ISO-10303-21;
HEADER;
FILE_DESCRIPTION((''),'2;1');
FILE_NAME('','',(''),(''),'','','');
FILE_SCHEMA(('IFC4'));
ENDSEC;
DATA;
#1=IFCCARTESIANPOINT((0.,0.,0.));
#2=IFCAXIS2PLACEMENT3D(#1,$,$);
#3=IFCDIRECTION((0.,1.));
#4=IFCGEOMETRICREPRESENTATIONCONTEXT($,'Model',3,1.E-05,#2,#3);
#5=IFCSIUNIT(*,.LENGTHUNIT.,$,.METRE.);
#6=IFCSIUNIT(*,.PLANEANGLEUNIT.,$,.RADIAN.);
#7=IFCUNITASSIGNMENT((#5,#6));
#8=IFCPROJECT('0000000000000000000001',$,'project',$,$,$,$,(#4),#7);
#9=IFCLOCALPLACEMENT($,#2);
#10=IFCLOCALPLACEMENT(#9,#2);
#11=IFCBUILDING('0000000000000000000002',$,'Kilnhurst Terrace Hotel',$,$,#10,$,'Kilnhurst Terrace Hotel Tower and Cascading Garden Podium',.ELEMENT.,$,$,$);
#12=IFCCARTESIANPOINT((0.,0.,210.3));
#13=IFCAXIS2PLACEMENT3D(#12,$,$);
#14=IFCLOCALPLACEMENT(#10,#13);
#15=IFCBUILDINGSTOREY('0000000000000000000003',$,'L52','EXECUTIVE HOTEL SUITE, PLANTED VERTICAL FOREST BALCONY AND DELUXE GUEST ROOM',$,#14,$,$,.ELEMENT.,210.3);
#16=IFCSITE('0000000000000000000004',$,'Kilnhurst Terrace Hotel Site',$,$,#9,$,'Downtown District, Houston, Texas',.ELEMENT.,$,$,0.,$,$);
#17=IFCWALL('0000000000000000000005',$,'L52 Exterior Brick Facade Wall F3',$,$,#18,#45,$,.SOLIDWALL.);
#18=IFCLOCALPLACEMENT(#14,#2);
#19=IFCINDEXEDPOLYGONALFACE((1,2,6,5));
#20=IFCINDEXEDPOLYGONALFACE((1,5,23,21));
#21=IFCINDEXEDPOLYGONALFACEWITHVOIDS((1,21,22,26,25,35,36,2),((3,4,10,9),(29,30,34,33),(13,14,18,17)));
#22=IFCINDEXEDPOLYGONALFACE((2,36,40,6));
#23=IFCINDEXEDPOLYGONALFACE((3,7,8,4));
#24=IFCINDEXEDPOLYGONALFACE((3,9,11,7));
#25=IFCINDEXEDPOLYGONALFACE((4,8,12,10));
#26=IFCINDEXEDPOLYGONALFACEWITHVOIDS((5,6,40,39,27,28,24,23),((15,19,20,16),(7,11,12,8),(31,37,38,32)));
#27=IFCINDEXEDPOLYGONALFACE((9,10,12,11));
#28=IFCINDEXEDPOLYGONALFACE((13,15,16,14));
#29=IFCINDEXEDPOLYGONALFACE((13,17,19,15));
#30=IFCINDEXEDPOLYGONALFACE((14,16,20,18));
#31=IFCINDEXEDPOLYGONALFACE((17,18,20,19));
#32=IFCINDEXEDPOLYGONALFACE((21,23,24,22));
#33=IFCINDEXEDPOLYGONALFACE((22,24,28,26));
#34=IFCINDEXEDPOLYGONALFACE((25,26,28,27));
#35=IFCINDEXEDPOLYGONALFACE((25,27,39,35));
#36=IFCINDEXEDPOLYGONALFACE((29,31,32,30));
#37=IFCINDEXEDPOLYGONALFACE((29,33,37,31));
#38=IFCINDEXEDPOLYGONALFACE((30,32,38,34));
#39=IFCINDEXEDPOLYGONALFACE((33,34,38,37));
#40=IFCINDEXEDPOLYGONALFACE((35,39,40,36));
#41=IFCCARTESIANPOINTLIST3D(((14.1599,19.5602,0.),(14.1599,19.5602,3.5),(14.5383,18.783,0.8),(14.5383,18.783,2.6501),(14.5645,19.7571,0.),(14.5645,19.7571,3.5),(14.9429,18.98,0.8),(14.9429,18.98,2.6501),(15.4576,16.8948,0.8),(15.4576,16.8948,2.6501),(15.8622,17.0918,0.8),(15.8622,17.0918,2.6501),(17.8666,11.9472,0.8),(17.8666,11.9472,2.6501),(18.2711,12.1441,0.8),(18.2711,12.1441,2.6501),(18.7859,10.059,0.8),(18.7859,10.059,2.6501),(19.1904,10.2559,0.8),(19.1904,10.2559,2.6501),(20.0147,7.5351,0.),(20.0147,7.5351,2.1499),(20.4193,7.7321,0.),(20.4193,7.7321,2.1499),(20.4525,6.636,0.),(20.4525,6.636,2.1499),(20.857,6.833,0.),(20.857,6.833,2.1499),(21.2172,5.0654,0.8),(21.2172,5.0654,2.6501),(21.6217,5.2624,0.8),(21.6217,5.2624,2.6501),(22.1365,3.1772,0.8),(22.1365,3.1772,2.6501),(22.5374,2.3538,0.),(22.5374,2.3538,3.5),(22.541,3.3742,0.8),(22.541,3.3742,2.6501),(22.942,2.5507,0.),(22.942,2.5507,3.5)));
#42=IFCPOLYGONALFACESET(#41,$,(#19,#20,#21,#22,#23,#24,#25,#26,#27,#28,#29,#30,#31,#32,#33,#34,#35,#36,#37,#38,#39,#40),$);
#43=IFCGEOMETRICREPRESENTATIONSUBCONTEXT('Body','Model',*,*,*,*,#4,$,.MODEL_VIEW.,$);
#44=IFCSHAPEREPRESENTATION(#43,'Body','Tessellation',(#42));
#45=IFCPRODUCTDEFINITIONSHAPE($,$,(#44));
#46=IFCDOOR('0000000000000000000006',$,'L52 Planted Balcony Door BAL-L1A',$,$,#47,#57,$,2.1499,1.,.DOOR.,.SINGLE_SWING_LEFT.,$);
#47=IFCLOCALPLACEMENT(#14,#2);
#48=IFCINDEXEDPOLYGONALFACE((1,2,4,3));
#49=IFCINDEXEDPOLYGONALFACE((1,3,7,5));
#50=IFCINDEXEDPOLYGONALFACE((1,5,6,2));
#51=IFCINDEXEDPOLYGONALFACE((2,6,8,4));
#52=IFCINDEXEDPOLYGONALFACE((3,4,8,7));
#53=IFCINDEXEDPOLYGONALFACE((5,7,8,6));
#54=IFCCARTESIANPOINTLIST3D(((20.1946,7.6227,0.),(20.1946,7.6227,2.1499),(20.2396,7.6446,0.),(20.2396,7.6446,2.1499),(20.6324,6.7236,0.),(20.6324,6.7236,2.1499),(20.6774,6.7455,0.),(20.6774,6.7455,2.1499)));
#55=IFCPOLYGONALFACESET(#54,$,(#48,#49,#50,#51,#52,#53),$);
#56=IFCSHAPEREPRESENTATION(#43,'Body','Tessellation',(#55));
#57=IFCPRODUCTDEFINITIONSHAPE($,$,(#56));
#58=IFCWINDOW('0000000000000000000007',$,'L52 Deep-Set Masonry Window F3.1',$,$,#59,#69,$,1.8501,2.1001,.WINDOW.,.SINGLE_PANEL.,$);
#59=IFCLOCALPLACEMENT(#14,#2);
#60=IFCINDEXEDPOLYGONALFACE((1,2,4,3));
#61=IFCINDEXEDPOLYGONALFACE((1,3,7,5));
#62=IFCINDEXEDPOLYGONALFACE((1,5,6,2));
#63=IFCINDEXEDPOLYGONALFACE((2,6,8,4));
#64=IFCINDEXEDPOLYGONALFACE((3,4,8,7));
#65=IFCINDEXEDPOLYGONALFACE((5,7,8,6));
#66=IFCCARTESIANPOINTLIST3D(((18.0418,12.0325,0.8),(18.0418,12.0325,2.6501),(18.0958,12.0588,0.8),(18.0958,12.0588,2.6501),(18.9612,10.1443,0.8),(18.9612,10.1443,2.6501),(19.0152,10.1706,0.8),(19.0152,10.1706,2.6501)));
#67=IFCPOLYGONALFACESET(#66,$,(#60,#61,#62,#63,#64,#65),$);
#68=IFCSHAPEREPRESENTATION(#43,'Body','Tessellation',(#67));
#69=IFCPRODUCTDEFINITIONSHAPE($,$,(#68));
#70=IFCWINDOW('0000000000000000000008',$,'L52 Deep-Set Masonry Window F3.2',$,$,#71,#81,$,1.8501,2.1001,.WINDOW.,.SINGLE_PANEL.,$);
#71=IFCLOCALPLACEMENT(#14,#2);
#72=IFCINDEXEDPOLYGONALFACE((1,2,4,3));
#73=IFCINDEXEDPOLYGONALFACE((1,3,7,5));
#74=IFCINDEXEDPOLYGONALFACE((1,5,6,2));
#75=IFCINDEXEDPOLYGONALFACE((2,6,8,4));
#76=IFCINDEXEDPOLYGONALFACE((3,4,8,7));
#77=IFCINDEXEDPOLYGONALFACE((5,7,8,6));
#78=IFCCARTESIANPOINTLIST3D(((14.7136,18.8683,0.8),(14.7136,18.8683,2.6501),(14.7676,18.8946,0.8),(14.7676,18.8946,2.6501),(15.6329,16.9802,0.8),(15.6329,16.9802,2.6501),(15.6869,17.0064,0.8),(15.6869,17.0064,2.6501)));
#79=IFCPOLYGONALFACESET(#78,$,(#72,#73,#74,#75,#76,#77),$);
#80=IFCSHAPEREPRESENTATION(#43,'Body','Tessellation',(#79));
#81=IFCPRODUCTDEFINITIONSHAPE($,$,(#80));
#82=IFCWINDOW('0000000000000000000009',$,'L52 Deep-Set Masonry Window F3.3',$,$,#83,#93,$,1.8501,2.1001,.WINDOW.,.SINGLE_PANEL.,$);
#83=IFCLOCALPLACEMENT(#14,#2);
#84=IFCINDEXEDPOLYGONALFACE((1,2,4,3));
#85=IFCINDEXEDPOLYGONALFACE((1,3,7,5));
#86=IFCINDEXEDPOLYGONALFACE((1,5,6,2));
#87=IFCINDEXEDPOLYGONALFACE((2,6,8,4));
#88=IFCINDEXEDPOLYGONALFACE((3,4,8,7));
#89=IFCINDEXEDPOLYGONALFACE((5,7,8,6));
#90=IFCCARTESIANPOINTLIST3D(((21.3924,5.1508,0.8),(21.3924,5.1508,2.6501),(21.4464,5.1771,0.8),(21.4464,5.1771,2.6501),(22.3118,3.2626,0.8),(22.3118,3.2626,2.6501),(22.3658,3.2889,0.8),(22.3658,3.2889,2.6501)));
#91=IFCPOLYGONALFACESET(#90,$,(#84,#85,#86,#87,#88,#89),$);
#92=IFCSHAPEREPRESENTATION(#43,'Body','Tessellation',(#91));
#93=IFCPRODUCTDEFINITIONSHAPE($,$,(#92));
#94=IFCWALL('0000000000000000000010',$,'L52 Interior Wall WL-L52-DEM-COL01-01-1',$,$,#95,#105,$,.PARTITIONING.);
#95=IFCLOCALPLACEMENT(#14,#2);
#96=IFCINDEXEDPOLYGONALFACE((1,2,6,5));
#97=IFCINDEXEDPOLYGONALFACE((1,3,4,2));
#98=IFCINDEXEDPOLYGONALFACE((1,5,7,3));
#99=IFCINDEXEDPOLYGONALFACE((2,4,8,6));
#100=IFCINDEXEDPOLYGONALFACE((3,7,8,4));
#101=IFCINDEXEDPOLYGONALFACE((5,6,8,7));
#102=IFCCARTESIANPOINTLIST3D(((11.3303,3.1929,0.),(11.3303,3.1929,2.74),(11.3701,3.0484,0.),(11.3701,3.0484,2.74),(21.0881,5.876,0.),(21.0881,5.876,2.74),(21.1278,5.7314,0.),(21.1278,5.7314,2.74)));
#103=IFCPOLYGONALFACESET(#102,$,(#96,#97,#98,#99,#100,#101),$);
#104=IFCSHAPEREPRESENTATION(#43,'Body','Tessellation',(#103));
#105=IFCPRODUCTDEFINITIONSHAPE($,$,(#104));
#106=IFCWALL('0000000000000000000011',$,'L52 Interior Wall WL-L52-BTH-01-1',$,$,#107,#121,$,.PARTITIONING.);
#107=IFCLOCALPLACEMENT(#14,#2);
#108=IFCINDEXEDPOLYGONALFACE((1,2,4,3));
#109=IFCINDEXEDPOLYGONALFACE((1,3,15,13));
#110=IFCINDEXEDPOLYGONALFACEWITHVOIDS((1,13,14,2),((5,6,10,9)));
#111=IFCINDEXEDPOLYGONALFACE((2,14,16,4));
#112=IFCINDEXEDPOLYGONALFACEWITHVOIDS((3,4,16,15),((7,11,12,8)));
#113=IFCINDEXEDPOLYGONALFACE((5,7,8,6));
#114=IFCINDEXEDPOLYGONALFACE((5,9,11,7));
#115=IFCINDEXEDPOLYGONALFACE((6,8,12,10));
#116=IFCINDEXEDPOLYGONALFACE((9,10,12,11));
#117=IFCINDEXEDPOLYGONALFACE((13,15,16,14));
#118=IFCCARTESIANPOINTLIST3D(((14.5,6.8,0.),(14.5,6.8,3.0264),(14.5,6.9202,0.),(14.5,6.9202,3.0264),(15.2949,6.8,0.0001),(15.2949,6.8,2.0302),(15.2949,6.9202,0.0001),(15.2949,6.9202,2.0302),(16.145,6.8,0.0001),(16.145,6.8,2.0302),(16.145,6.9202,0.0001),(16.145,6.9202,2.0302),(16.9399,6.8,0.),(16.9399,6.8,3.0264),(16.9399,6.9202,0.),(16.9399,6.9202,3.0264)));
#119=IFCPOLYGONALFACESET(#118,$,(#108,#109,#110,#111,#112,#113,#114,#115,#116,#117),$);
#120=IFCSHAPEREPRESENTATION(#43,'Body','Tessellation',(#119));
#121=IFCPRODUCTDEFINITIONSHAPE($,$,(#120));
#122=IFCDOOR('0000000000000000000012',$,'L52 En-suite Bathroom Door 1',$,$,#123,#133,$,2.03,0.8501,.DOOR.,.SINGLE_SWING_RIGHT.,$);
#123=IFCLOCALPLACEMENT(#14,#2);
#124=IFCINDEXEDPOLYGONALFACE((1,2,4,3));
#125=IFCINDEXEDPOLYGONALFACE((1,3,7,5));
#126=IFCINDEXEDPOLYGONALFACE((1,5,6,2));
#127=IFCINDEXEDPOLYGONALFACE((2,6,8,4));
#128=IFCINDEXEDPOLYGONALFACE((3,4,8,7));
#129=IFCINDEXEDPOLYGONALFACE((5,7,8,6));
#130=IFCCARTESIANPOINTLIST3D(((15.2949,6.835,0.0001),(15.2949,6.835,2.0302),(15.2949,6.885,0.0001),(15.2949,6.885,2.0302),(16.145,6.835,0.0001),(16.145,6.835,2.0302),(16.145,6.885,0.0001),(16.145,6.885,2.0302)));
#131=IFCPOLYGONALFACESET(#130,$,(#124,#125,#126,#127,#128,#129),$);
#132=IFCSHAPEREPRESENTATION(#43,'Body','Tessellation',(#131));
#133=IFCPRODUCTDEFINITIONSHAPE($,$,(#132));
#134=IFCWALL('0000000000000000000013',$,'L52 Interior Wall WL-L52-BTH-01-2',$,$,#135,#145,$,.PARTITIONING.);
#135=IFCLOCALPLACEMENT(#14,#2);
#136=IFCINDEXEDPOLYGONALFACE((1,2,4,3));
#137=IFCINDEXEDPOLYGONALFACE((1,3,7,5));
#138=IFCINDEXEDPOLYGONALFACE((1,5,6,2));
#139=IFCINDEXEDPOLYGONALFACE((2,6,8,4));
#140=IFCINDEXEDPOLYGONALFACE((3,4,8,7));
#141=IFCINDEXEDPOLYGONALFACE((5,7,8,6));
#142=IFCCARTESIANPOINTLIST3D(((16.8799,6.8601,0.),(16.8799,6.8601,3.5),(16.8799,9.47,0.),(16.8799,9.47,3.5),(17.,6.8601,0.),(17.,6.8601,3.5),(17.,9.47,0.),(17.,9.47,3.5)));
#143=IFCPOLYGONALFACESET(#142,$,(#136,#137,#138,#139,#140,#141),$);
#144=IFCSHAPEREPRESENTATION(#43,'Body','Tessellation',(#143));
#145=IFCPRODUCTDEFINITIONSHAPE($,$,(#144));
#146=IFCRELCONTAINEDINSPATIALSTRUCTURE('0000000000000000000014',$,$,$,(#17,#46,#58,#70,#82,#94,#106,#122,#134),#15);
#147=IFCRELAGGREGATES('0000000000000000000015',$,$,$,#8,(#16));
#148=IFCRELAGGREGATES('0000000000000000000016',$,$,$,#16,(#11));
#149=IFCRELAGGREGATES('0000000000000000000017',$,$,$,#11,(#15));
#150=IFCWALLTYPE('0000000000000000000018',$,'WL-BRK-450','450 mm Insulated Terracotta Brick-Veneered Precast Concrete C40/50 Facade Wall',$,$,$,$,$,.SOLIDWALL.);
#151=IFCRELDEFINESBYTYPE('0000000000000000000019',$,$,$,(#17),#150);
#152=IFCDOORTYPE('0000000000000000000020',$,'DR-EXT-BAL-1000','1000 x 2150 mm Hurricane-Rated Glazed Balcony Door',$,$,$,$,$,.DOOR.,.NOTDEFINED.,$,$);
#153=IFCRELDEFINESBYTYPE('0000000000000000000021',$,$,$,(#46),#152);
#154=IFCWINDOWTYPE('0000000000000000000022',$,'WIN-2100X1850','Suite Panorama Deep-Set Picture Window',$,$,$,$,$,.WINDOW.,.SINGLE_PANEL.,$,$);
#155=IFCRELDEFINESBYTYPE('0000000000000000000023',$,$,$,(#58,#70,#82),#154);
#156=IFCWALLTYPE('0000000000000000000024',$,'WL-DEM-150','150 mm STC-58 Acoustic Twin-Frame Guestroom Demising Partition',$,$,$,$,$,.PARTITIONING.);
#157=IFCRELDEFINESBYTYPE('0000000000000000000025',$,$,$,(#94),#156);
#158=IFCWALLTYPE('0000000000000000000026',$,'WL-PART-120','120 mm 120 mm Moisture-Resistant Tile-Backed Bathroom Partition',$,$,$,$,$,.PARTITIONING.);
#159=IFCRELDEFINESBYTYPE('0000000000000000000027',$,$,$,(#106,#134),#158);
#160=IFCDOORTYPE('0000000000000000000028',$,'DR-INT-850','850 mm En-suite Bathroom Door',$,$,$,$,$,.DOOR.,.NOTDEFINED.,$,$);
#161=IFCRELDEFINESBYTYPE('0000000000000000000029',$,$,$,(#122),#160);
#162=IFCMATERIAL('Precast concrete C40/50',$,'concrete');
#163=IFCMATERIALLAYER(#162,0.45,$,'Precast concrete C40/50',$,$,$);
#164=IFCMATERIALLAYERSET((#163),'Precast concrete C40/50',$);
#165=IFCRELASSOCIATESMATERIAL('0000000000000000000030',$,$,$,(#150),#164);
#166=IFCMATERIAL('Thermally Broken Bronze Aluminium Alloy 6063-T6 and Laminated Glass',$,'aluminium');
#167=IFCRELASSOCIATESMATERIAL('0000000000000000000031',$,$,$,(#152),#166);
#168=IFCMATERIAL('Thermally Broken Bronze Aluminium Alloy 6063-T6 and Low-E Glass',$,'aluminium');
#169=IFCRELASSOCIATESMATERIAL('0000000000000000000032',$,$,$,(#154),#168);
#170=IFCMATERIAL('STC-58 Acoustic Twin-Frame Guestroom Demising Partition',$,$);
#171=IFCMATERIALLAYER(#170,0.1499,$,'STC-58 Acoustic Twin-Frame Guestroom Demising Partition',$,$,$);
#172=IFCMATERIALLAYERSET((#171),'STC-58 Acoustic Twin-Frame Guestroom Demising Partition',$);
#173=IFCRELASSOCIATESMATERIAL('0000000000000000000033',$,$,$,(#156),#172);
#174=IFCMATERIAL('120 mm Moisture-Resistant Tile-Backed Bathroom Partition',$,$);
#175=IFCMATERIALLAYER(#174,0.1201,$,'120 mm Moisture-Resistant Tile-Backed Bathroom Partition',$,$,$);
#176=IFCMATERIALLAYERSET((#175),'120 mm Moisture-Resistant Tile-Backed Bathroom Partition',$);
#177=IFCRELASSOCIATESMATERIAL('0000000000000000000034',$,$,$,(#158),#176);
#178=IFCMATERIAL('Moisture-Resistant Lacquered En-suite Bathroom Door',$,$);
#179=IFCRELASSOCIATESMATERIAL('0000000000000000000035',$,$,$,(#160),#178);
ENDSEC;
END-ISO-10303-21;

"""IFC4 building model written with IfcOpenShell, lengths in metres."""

from ifc_helpers import new_model, si_unit, direction, frame, frame_2d, origin, place, context, subcontext, project, spatial, rectangle, extrude, material, layer, layer_set, type_object, element, fill, save


model = new_model("IFC4")

# Units and contexts
model_context = context("Model", 3, precision=1e-05, world=origin(), true_north=direction((0.0, 1.0)))
body_context = subcontext(model_context, "Body", "Model", "MODEL_VIEW")
ifc_project = project(units=[si_unit("LENGTHUNIT", "METRE"), si_unit("PLANEANGLEUNIT", "RADIAN")], contexts=[model_context])

# Site, building, storey
site_placement = place(None, origin())
site = spatial("IfcSite", under=ifc_project, at=site_placement, Name="Kilnhurst Terrace Hotel Site", LongName="Downtown District, Houston, Texas", CompositionType="ELEMENT", RefElevation=0.0)
building_placement = place(site_placement, origin())
building = spatial("IfcBuilding", under=site, at=building_placement, Name="Kilnhurst Terrace Hotel", LongName="Kilnhurst Terrace Hotel Tower and Cascading Garden Podium", CompositionType="ELEMENT")
storey_placement = place(building_placement, frame((0.0, 0.0, 210.3)))
storey = spatial("IfcBuildingStorey", under=building, at=storey_placement, Name="L52", Description="EXECUTIVE HOTEL SUITE, PLANTED VERTICAL FOREST BALCONY AND DELUXE GUEST ROOM", CompositionType="ELEMENT", Elevation=210.3)

# Shared definitions
ifc_material_1 = material(Name="Precast concrete C40/50", Category="concrete")
ifc_layer_1 = layer(ifc_material_1, 0.45, Name="Precast concrete C40/50")
ifc_layer_set_1 = layer_set([ifc_layer_1], Name="Precast concrete C40/50")
wall_type_1 = type_object("IfcWallType", Name="WL-BRK-450", Description="450 mm Insulated Terracotta Brick-Veneered Precast Concrete C40/50 Facade Wall", PredefinedType="SOLIDWALL", material=ifc_layer_set_1)

# Wall, openings, door, windows
wall_1_placement = place(storey_placement, frame((22.7397, 2.4521, 0.0), z_axis=(0.0, 0.0, 1.0), x_axis=(-0.437753, 0.899095, 0.0)))
wall_1 = element("IfcWall", 1, at=wall_1_placement, inside=storey, type_object=wall_type_1, Name="L52 Exterior Brick Facade Wall F3", PredefinedType="SOLIDWALL", context=body_context, shape_type="SweptSolid", body=[
    extrude(rectangle(XDim=19.1375, YDim=0.45, at=frame_2d((9.5688, 0.0))), origin(), (0.0, 0.0, 1.0), 3.5),
])
opening_1_placement = place(wall_1_placement, frame((4.7629, 0.0, 0.0)))
opening_1 = element("IfcOpeningElement", 2, at=opening_1_placement, cuts=wall_1, PredefinedType="OPENING", context=body_context, shape_type="SweptSolid", body=[
    extrude(rectangle(XDim=1.0, YDim=2.1499, at=frame_2d((0.5, 1.075))), frame((0.0, 0.2349, 0.0), z_axis=(0.0, -1.0, 0.0), x_axis=(1.0, 0.0, 0.0)), (0.0, 0.0, 1.0), 0.47),
])
opening_2_placement = place(wall_1_placement, frame((8.5701, 0.0, 0.8)))
opening_2 = element("IfcOpeningElement", 3, at=opening_2_placement, cuts=wall_1, PredefinedType="OPENING", context=body_context, shape_type="SweptSolid", body=[
    extrude(rectangle(XDim=2.1001, YDim=1.8501, at=frame_2d((1.05, 0.925))), frame((0.0, 0.2349, 0.0), z_axis=(0.0, -1.0, 0.0), x_axis=(1.0, 0.0, 0.0)), (0.0, 0.0, 1.0), 0.47),
])
opening_3_placement = place(wall_1_placement, frame((16.1731, 0.0, 0.8)))
opening_3 = element("IfcOpeningElement", 4, at=opening_3_placement, cuts=wall_1, PredefinedType="OPENING", context=body_context, shape_type="SweptSolid", body=[
    extrude(rectangle(XDim=2.1001, YDim=1.8501, at=frame_2d((1.05, 0.925))), frame((0.0, 0.2349, 0.0), z_axis=(0.0, -1.0, 0.0), x_axis=(1.0, 0.0, 0.0)), (0.0, 0.0, 1.0), 0.47),
])
opening_4_placement = place(wall_1_placement, frame((0.916, 0.0, 0.8)))
opening_4 = element("IfcOpeningElement", 5, at=opening_4_placement, cuts=wall_1, PredefinedType="OPENING", context=body_context, shape_type="SweptSolid", body=[
    extrude(rectangle(XDim=2.1001, YDim=1.8501, at=frame_2d((1.05, 0.925))), frame((0.0, 0.2349, 0.0), z_axis=(0.0, -1.0, 0.0), x_axis=(1.0, 0.0, 0.0)), (0.0, 0.0, 1.0), 0.47),
])
ifc_material_2 = material(Name="Thermally Broken Bronze Aluminium Alloy 6063-T6 and Laminated Glass", Category="aluminium")
door_type_1 = type_object("IfcDoorType", Name="DR-EXT-BAL-1000", Description="1000 x 2150 mm Hurricane-Rated Glazed Balcony Door", OperationType="NOTDEFINED", PredefinedType="DOOR", material=ifc_material_2)
door_1_placement = place(opening_1_placement, origin())
door_1 = element("IfcDoor", 6, at=door_1_placement, inside=storey, type_object=door_type_1, Name="L52 Planted Balcony Door BAL-L1A", OperationType="SINGLE_SWING_LEFT", OverallHeight=2.1499, OverallWidth=1.0, PredefinedType="DOOR", context=body_context, shape_type="SweptSolid", body=[
    extrude(rectangle(XDim=1.0, YDim=2.1499, at=frame_2d((0.5, 1.075))), frame((0.0, 0.0249, 0.0), z_axis=(0.0, -1.0, 0.0), x_axis=(1.0, 0.0, 0.0)), (0.0, 0.0, 1.0), 0.05),
])
fill(opening_1, door_1)
ifc_material_3 = material(Name="Thermally Broken Bronze Aluminium Alloy 6063-T6 and Low-E Glass", Category="aluminium")
window_type = type_object("IfcWindowType", Name="WIN-2100X1850", Description="Suite Panorama Deep-Set Picture Window", PartitioningType="SINGLE_PANEL", PredefinedType="WINDOW", material=ifc_material_3)
window_1_placement = place(opening_2_placement, origin())
window_1 = element("IfcWindow", 7, at=window_1_placement, inside=storey, type_object=window_type, Name="L52 Deep-Set Masonry Window F3.1", OverallHeight=1.8501, OverallWidth=2.1001, PartitioningType="SINGLE_PANEL", PredefinedType="WINDOW", context=body_context, shape_type="SweptSolid", body=[
    extrude(rectangle(XDim=2.1001, YDim=1.8501, at=frame_2d((1.05, 0.925))), frame((0.0, 0.03, 0.0), z_axis=(0.0, -1.0, 0.0), x_axis=(1.0, 0.0, 0.0)), (0.0, 0.0, 1.0), 0.0601),
])
fill(opening_2, window_1)
window_2_placement = place(opening_3_placement, origin())
window_2 = element("IfcWindow", 8, at=window_2_placement, inside=storey, type_object=window_type, Name="L52 Deep-Set Masonry Window F3.2", OverallHeight=1.8501, OverallWidth=2.1001, PartitioningType="SINGLE_PANEL", PredefinedType="WINDOW", context=body_context, shape_type="SweptSolid", body=[
    extrude(rectangle(XDim=2.1001, YDim=1.8501, at=frame_2d((1.05, 0.925))), frame((0.0, 0.03, 0.0), z_axis=(0.0, -1.0, 0.0), x_axis=(1.0, 0.0, 0.0)), (0.0, 0.0, 1.0), 0.0601),
])
fill(opening_3, window_2)
window_3_placement = place(opening_4_placement, origin())
window_3 = element("IfcWindow", 9, at=window_3_placement, inside=storey, type_object=window_type, Name="L52 Deep-Set Masonry Window F3.3", OverallHeight=1.8501, OverallWidth=2.1001, PartitioningType="SINGLE_PANEL", PredefinedType="WINDOW", context=body_context, shape_type="SweptSolid", body=[
    extrude(rectangle(XDim=2.1001, YDim=1.8501, at=frame_2d((1.05, 0.925))), frame((0.0, 0.03, 0.0), z_axis=(0.0, -1.0, 0.0), x_axis=(1.0, 0.0, 0.0)), (0.0, 0.0, 1.0), 0.0601),
])
fill(opening_4, window_3)

# Wall
ifc_material_4 = material(Name="STC-58 Acoustic Twin-Frame Guestroom Demising Partition")
ifc_layer_2 = layer(ifc_material_4, 0.1499, Name="STC-58 Acoustic Twin-Frame Guestroom Demising Partition")
ifc_layer_set_2 = layer_set([ifc_layer_2], Name="STC-58 Acoustic Twin-Frame Guestroom Demising Partition")
wall_type_2 = type_object("IfcWallType", Name="WL-DEM-150", Description="150 mm STC-58 Acoustic Twin-Frame Guestroom Demising Partition", PredefinedType="PARTITIONING", material=ifc_layer_set_2)
wall_2_placement = place(storey_placement, frame((11.3501, 3.1206, 0.0), z_axis=(0.0, 0.0, 1.0), x_axis=(0.964213, 0.26513, 0.0)))
element("IfcWall", 10, at=wall_2_placement, inside=storey, type_object=wall_type_2, Name="L52 Interior Wall WL-L52-DEM-COL01-01-1", PredefinedType="PARTITIONING", context=body_context, shape_type="SweptSolid", body=[
    extrude(rectangle(XDim=10.1199, YDim=0.1499, at=frame_2d((5.0601, 0.0))), origin(), (0.0, 0.0, 1.0), 2.74),
])

# Wall, opening, door
ifc_material_5 = material(Name="120 mm Moisture-Resistant Tile-Backed Bathroom Partition")
ifc_layer_3 = layer(ifc_material_5, 0.1201, Name="120 mm Moisture-Resistant Tile-Backed Bathroom Partition")
ifc_layer_set_3 = layer_set([ifc_layer_3], Name="120 mm Moisture-Resistant Tile-Backed Bathroom Partition")
wall_type_3 = type_object("IfcWallType", Name="WL-PART-120", Description="120 mm 120 mm Moisture-Resistant Tile-Backed Bathroom Partition", PredefinedType="PARTITIONING", material=ifc_layer_set_3)
wall_3_placement = place(storey_placement, frame((14.5, 6.8601, 0.0), z_axis=(0.0, 0.0, 1.0), x_axis=(1.0, 0.0, 0.0)))
wall_3 = element("IfcWall", 11, at=wall_3_placement, inside=storey, type_object=wall_type_3, Name="L52 Interior Wall WL-L52-BTH-01-1", PredefinedType="PARTITIONING", context=body_context, shape_type="SweptSolid", body=[
    extrude(rectangle(XDim=2.4399, YDim=0.1201, at=frame_2d((1.22, 0.0))), origin(), (0.0, 0.0, 1.0), 3.0264),
])
opening_5_placement = place(wall_3_placement, frame((0.7949, 0.0, 0.0)))
opening_5 = element("IfcOpeningElement", 12, at=opening_5_placement, cuts=wall_3, PredefinedType="OPENING", context=body_context, shape_type="SweptSolid", body=[
    extrude(rectangle(XDim=0.8501, YDim=2.03, at=frame_2d((0.425, 1.0151))), frame((0.0, 0.0701, 0.0), z_axis=(0.0, -1.0, 0.0), x_axis=(1.0, 0.0, 0.0)), (0.0, 0.0, 1.0), 0.1401),
])
ifc_material_6 = material(Name="Moisture-Resistant Lacquered En-suite Bathroom Door")
door_type_2 = type_object("IfcDoorType", Name="DR-INT-850", Description="850 mm En-suite Bathroom Door", OperationType="NOTDEFINED", PredefinedType="DOOR", material=ifc_material_6)
door_2_placement = place(opening_5_placement, origin())
door_2 = element("IfcDoor", 13, at=door_2_placement, inside=storey, type_object=door_type_2, Name="L52 En-suite Bathroom Door 1", OperationType="SINGLE_SWING_RIGHT", OverallHeight=2.03, OverallWidth=0.8501, PredefinedType="DOOR", context=body_context, shape_type="SweptSolid", body=[
    extrude(rectangle(XDim=0.8501, YDim=2.03, at=frame_2d((0.425, 1.0151))), frame((0.0, 0.0249, 0.0), z_axis=(0.0, -1.0, 0.0), x_axis=(1.0, 0.0, 0.0)), (0.0, 0.0, 1.0), 0.05),
])
fill(opening_5, door_2)

# Wall
wall_4_placement = place(storey_placement, frame((16.9399, 6.8601, 0.0), z_axis=(0.0, 0.0, 1.0), x_axis=(0.0, 1.0, 0.0)))
element("IfcWall", 14, at=wall_4_placement, inside=storey, type_object=wall_type_3, Name="L52 Interior Wall WL-L52-BTH-01-2", PredefinedType="PARTITIONING", context=body_context, shape_type="SweptSolid", body=[
    extrude(rectangle(XDim=2.6099, YDim=0.1201, at=frame_2d((1.3049, 0.0))), origin(), (0.0, 0.0, 1.0), 3.5),
])

save(model, "model.ifc")
